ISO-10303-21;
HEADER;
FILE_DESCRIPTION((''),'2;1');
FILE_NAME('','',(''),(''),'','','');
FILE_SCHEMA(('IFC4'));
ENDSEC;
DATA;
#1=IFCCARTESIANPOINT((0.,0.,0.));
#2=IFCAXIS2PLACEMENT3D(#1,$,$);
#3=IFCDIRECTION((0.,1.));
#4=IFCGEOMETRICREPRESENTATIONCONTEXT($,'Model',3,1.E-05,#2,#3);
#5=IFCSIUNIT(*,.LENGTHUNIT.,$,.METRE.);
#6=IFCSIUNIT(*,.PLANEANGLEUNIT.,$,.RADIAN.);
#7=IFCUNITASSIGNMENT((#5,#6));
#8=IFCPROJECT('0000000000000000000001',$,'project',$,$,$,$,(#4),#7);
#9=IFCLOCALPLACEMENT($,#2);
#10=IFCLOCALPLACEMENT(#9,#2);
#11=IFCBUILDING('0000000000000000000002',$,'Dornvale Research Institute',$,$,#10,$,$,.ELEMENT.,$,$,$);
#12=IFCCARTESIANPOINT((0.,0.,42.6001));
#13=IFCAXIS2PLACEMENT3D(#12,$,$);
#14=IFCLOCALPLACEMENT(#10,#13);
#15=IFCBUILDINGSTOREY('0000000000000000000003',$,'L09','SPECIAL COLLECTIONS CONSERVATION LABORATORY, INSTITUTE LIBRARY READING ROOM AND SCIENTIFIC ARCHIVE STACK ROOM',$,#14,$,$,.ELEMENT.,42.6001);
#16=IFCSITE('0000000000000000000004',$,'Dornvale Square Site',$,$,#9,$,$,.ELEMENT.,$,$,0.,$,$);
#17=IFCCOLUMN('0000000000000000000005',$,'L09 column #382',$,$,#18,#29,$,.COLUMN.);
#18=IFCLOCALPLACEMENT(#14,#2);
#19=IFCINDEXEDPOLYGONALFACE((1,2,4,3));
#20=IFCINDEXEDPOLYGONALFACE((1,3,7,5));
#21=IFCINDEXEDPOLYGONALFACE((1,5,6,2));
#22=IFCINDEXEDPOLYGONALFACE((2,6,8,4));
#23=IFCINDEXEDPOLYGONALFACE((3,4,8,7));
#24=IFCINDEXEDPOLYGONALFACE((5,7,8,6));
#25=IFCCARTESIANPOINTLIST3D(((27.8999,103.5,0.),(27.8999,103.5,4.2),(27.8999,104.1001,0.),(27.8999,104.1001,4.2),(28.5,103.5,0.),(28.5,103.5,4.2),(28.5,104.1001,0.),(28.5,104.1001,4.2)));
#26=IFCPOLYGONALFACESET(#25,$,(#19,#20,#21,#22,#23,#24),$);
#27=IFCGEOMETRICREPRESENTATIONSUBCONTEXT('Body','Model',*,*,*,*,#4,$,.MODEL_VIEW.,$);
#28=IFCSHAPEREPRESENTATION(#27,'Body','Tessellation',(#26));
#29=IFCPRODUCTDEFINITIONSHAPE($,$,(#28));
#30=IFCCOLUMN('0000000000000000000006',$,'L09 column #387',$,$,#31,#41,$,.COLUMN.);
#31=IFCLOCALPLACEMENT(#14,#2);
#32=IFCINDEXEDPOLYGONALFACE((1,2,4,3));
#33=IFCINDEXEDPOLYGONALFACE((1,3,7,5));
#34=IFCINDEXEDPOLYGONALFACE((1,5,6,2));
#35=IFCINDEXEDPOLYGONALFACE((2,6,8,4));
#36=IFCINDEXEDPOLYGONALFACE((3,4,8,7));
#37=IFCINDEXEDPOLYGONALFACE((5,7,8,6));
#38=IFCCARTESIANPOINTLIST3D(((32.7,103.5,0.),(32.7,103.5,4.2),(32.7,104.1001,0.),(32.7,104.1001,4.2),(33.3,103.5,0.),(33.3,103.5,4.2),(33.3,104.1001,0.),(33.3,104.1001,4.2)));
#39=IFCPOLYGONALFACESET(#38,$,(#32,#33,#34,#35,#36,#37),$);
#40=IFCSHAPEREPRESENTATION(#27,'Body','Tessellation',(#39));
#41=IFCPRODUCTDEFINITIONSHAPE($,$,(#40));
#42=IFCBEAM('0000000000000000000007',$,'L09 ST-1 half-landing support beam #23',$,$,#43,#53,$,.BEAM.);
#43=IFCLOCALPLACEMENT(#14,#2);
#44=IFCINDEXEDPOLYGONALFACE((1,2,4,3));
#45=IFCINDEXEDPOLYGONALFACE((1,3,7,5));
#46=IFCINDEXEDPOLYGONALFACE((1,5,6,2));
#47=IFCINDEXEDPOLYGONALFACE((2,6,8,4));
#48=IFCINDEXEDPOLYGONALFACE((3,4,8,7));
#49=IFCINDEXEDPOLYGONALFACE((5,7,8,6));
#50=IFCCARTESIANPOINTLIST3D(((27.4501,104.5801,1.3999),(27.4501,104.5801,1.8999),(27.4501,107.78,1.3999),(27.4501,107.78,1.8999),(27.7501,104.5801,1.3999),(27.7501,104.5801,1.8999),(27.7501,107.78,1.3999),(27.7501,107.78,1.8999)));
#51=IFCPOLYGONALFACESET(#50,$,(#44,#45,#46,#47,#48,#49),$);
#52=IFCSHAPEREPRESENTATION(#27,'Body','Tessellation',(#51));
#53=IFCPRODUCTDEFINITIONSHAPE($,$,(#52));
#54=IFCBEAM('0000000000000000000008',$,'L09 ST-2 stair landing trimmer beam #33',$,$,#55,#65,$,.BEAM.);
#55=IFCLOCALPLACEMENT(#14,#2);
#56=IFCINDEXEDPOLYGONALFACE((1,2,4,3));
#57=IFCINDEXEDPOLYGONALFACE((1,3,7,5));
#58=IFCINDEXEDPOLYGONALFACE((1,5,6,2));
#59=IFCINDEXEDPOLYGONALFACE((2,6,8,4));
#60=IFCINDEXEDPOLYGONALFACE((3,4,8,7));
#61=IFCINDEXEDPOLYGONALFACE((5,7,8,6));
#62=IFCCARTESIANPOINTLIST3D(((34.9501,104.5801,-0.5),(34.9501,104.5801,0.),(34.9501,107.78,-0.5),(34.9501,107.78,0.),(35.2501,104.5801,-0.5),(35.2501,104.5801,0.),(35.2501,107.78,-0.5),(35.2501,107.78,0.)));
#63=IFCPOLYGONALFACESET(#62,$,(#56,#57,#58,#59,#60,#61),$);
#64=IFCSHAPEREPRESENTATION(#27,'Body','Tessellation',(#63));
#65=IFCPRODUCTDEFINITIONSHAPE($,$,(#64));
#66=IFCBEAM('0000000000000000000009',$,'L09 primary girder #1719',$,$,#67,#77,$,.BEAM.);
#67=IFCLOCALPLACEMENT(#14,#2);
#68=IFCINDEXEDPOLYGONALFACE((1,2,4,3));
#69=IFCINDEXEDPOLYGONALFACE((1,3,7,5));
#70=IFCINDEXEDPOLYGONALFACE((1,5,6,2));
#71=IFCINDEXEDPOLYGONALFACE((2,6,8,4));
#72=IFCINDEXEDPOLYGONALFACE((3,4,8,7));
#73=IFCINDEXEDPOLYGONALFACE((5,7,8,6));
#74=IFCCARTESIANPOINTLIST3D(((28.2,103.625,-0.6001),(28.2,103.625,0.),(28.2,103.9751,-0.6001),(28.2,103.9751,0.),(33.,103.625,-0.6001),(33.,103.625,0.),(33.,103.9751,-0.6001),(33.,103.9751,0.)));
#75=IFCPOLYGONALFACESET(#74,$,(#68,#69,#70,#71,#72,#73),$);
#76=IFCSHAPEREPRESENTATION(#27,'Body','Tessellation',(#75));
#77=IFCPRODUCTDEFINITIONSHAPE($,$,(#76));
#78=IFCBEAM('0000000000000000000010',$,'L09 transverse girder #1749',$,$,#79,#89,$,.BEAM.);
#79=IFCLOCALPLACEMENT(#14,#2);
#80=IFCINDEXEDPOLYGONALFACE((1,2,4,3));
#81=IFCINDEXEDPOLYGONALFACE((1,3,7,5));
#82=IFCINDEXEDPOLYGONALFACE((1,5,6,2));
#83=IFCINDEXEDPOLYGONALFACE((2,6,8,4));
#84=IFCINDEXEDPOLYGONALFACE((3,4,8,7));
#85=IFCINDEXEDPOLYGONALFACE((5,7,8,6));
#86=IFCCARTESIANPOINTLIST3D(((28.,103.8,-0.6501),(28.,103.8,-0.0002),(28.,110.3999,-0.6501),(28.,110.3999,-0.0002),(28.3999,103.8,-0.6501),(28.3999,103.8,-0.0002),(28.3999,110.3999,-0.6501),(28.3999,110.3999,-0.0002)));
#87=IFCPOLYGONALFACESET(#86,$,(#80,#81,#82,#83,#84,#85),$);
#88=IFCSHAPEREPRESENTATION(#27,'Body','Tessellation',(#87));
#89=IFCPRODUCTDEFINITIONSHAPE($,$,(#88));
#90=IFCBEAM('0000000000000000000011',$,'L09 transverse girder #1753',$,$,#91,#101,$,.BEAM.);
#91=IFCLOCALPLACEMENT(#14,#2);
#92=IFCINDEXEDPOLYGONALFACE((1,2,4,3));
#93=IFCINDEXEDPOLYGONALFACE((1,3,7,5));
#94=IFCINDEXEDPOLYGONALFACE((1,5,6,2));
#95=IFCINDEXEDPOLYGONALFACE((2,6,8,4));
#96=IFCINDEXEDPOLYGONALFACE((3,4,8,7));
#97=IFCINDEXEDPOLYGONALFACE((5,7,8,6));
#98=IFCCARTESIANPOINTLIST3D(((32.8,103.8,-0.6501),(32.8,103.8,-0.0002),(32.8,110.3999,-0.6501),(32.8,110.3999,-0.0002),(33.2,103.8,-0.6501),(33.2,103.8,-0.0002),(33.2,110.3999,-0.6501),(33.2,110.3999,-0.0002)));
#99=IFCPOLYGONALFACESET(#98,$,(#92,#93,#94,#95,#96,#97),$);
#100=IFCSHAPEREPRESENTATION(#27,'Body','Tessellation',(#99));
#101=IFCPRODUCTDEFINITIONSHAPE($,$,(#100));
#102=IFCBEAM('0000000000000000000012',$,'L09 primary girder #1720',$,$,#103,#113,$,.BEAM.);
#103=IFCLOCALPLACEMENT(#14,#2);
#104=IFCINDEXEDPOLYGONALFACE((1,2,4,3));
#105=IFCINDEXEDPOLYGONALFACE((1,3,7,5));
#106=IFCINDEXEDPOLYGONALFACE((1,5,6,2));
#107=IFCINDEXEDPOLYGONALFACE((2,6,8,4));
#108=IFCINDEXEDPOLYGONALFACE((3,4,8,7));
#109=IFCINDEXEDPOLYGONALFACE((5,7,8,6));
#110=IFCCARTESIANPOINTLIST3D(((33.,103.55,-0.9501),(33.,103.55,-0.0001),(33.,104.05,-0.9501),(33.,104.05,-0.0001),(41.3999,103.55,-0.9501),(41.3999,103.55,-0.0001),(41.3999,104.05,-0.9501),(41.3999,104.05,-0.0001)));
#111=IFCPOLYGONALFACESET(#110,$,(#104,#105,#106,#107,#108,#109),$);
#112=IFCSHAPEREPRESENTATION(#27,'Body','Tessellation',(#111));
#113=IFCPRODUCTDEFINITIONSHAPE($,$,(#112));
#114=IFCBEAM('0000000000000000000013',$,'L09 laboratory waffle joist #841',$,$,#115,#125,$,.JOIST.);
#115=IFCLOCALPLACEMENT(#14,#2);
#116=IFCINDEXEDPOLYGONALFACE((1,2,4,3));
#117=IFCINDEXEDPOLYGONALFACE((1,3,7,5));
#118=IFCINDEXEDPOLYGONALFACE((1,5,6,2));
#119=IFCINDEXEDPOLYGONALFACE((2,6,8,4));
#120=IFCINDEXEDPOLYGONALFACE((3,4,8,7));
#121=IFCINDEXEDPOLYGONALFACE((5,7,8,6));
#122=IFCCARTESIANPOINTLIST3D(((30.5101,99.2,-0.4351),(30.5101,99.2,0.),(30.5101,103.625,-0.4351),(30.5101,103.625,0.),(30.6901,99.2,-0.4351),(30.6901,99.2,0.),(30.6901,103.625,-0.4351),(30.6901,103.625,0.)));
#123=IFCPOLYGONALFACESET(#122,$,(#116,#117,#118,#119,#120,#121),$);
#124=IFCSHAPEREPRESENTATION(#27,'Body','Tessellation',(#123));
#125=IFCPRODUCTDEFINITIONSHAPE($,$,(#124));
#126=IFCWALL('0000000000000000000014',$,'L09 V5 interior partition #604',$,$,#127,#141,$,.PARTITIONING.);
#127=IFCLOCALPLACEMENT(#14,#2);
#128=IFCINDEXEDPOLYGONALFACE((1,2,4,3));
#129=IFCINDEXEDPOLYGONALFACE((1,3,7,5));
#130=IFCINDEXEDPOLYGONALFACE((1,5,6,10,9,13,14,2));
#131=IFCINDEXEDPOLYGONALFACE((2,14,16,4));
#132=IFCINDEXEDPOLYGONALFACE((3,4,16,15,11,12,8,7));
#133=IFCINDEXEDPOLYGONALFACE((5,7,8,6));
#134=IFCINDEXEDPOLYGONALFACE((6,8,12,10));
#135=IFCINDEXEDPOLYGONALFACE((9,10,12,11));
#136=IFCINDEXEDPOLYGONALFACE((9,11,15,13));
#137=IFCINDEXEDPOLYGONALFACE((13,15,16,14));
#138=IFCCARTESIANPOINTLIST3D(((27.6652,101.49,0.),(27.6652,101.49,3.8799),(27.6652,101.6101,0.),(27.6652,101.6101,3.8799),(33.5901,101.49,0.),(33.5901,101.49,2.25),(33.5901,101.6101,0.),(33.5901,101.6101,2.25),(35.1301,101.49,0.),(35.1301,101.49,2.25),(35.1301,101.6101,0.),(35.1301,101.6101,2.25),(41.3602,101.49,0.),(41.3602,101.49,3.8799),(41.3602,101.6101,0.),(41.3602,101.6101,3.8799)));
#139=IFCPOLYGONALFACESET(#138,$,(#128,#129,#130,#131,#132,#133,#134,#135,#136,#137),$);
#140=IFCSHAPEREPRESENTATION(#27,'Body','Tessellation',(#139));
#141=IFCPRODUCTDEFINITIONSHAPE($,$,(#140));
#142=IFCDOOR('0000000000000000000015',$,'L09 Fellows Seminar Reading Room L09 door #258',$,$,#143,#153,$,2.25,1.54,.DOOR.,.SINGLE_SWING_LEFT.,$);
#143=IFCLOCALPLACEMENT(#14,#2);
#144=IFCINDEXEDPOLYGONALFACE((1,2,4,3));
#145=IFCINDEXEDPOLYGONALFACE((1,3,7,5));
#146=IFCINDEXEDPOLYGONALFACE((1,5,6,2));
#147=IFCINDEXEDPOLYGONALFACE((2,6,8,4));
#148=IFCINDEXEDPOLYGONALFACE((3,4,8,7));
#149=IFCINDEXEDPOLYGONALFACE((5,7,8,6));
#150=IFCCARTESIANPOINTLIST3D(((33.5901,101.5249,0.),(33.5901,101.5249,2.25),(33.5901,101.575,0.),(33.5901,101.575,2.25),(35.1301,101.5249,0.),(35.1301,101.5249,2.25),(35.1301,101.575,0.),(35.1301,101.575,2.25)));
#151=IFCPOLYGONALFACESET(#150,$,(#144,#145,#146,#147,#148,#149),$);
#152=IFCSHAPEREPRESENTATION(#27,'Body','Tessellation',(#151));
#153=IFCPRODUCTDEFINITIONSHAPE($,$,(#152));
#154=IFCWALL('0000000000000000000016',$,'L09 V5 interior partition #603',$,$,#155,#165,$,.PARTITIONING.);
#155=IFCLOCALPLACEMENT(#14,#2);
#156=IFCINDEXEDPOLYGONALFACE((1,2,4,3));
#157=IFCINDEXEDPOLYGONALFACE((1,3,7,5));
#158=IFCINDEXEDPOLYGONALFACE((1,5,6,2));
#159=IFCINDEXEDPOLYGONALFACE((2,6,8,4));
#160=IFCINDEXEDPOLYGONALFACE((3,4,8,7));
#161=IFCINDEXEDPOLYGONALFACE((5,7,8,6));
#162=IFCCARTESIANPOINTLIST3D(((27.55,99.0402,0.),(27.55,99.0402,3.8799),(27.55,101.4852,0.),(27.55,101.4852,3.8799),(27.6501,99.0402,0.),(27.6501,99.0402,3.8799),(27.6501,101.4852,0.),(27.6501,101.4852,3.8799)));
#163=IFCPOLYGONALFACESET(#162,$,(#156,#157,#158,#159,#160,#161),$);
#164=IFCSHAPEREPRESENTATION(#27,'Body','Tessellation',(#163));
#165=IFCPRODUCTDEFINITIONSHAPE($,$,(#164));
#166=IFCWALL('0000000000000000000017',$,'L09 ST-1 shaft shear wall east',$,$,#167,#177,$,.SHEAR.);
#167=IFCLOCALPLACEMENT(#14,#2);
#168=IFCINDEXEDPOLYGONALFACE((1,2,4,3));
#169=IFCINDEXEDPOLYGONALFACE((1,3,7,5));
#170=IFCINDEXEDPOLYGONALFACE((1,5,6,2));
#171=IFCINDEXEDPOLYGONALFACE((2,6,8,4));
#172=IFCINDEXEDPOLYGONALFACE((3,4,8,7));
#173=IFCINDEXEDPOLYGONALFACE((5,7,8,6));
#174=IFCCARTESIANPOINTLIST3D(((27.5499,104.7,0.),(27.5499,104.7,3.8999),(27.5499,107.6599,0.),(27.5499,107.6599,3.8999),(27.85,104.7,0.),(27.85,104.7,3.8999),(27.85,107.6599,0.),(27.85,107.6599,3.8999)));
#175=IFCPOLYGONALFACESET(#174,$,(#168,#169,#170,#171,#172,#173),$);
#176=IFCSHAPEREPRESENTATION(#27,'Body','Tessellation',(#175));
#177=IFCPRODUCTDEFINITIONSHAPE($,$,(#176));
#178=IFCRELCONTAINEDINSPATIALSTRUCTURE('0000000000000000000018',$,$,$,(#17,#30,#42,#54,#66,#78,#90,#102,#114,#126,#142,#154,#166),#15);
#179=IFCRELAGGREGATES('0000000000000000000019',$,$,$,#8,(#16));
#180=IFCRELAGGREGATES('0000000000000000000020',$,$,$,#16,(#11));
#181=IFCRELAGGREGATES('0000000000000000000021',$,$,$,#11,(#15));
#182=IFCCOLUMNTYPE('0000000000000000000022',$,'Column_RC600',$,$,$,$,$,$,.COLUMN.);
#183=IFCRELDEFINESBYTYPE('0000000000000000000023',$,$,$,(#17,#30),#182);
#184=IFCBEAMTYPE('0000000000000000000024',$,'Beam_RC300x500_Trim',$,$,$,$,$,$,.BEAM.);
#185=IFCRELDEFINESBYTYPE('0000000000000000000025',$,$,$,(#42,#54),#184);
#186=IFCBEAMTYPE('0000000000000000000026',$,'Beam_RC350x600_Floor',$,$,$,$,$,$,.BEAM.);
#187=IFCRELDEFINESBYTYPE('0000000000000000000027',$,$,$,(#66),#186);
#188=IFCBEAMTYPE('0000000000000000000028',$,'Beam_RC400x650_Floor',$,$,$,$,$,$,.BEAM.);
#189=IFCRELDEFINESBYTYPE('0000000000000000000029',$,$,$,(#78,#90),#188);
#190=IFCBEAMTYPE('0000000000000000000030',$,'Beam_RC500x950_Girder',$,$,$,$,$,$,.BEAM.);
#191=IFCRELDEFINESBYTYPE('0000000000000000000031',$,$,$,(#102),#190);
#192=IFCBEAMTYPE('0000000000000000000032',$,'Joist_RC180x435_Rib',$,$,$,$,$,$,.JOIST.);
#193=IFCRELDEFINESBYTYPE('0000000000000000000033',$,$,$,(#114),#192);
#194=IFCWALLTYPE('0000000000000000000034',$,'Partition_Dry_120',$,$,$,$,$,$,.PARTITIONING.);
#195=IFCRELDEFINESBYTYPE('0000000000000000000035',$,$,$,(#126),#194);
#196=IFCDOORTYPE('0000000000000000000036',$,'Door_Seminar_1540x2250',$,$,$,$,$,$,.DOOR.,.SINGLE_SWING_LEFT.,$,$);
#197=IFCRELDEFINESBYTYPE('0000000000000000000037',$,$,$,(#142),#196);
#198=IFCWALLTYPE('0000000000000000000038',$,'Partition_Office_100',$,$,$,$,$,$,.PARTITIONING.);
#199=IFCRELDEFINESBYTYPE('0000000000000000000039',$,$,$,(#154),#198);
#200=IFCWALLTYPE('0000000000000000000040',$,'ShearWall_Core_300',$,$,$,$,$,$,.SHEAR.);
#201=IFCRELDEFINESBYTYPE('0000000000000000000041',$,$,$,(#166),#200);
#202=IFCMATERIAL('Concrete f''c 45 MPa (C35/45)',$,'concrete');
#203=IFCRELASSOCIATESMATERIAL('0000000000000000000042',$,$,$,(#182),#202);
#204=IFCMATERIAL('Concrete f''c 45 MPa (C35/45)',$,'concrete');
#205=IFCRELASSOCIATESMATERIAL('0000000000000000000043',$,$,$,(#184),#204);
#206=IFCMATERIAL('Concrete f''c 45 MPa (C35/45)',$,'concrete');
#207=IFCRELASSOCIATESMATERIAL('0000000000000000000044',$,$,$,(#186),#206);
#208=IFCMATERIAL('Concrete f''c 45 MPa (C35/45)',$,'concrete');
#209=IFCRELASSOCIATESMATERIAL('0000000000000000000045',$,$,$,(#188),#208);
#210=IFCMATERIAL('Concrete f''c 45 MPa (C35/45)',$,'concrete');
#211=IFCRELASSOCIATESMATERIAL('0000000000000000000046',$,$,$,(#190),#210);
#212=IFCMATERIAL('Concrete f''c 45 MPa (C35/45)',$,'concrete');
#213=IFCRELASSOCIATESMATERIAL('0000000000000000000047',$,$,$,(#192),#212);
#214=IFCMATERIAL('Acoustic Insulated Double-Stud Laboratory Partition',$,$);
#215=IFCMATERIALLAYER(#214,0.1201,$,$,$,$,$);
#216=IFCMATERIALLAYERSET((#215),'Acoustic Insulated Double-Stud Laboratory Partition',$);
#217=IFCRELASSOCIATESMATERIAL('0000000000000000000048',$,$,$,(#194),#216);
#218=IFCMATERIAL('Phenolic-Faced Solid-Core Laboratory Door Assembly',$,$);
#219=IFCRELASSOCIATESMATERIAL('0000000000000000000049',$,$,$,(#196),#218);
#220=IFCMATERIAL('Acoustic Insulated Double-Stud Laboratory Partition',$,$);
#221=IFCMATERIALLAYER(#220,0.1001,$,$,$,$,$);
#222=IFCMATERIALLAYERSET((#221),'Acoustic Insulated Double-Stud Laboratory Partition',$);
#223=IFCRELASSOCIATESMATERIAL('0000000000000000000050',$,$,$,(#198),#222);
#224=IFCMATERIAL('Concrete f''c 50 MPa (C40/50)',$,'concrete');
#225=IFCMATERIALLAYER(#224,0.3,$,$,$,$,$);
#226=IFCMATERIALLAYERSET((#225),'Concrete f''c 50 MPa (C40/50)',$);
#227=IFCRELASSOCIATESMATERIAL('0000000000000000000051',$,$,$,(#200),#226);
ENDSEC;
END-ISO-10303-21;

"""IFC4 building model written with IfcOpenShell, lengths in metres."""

from ifc_helpers import new_model, si_unit, direction, frame, frame_2d, origin, origin_2d, place, context, subcontext, project, spatial, rectangle, extrude, material, layer, layer_set, material_profile, profile_set, type_object, element, fill, save


model = new_model("IFC4")

# Units and contexts
model_context = context("Model", 3, precision=1e-05, world=origin(), true_north=direction((0.0, 1.0)))
body_context = subcontext(model_context, "Body", "Model", "MODEL_VIEW")
ifc_project = project(units=[si_unit("LENGTHUNIT", "METRE"), si_unit("PLANEANGLEUNIT", "RADIAN")], contexts=[model_context])

# Site, building, storey
site_placement = place(None, origin())
site = spatial("IfcSite", under=ifc_project, at=site_placement, Name="Dornvale Square Site", CompositionType="ELEMENT", RefElevation=0.0)
building_placement = place(site_placement, origin())
building = spatial("IfcBuilding", under=site, at=building_placement, Name="Dornvale Research Institute", CompositionType="ELEMENT")
storey_placement = place(building_placement, frame((0.0, 0.0, 42.6001)))
storey = spatial("IfcBuildingStorey", under=building, at=storey_placement, Name="L09", Description="SPECIAL COLLECTIONS CONSERVATION LABORATORY, INSTITUTE LIBRARY READING ROOM AND SCIENTIFIC ARCHIVE STACK ROOM", CompositionType="ELEMENT", Elevation=42.6001)

# Columns
ifc_material_1 = material(Name="Concrete f'c 45 MPa (C35/45)", Category="concrete")
ifc_material_profile_1 = material_profile(ifc_material_1, rectangle(XDim=0.6001, YDim=0.6001, at=origin_2d()), Name="RC 600x600")
ifc_profile_set_1 = profile_set([ifc_material_profile_1], Name="Concrete f'c 45 MPa (C35/45)")
column_type = type_object("IfcColumnType", Name="Column_RC600", PredefinedType="COLUMN", material=ifc_profile_set_1)
for number, where, z_axis, x_axis, name in (
    (1, (28.2, 103.8, 0.0), (0.0, 0.0, 1.0), (1.0, 0.0, 0.0), "L09 column #382"),
    (2, (33.0, 103.8, 0.0), (0.0, 0.0, 1.0), (1.0, 0.0, 0.0), "L09 column #387"),
):
    element("IfcColumn", number, at=place(storey_placement, frame(where, z_axis=z_axis, x_axis=x_axis)), inside=storey, type_object=column_type, Name=name, PredefinedType="COLUMN", context=body_context, shape_type="SweptSolid", body=[
        extrude(rectangle(XDim=0.6001, YDim=0.6001, at=origin_2d()), origin(), (0.0, 0.0, 1.0), 4.2),
    ])

# Beams
ifc_material_2 = material(Name="Concrete f'c 45 MPa (C35/45)", Category="concrete")
ifc_material_profile_2 = material_profile(ifc_material_2, rectangle(XDim=0.3, YDim=0.5, at=origin_2d()), Name="RC 300x500")
ifc_profile_set_2 = profile_set([ifc_material_profile_2], Name="Concrete f'c 45 MPa (C35/45)")
beam_type_1 = type_object("IfcBeamType", Name="Beam_RC300x500_Trim", PredefinedType="BEAM", material=ifc_profile_set_2)
for number, where, z_axis, x_axis, name in (
    (3, (27.6001, 104.5801, 1.6499), (0.0, 1.0, 0.0), (-1.0, 0.0, 0.0), "L09 ST-1 half-landing support beam #23"),
    (4, (35.1001, 104.5801, -0.25), (0.0, 1.0, 0.0), (-1.0, 0.0, 0.0), "L09 ST-2 stair landing trimmer beam #33"),
):
    element("IfcBeam", number, at=place(storey_placement, frame(where, z_axis=z_axis, x_axis=x_axis)), inside=storey, type_object=beam_type_1, Name=name, PredefinedType="BEAM", context=body_context, shape_type="SweptSolid", body=[
        extrude(rectangle(XDim=0.3, YDim=0.5, at=origin_2d()), origin(), (0.0, 0.0, 1.0), 3.2),
    ])
ifc_material_3 = material(Name="Concrete f'c 45 MPa (C35/45)", Category="concrete")
ifc_material_profile_3 = material_profile(ifc_material_3, rectangle(XDim=0.3501, YDim=0.6001, at=origin_2d()), Name="RC 350x600")
ifc_profile_set_3 = profile_set([ifc_material_profile_3], Name="Concrete f'c 45 MPa (C35/45)")
beam_type_2 = type_object("IfcBeamType", Name="Beam_RC350x600_Floor", PredefinedType="BEAM", material=ifc_profile_set_3)
beam_1_placement = place(storey_placement, frame((28.2, 103.8, -0.3), z_axis=(1.0, 0.0, 0.0), x_axis=(0.0, 1.0, 0.0)))
element("IfcBeam", 5, at=beam_1_placement, inside=storey, type_object=beam_type_2, Name="L09 primary girder #1719", PredefinedType="BEAM", context=body_context, shape_type="SweptSolid", body=[
    extrude(rectangle(XDim=0.3501, YDim=0.6001, at=origin_2d()), origin(), (0.0, 0.0, 1.0), 4.8),
])
ifc_material_4 = material(Name="Concrete f'c 45 MPa (C35/45)", Category="concrete")
ifc_material_profile_4 = material_profile(ifc_material_4, rectangle(XDim=0.3999, YDim=0.6499, at=origin_2d()), Name="RC 400x650")
ifc_profile_set_4 = profile_set([ifc_material_profile_4], Name="Concrete f'c 45 MPa (C35/45)")
beam_type_3 = type_object("IfcBeamType", Name="Beam_RC400x650_Floor", PredefinedType="BEAM", material=ifc_profile_set_4)
for number, where, z_axis, x_axis, name in (
    (6, (28.2, 103.8, -0.3252), (0.0, 1.0, 0.0), (-1.0, 0.0, 0.0), "L09 transverse girder #1749"),
    (7, (33.0, 103.8, -0.3252), (0.0, 1.0, 0.0), (-1.0, 0.0, 0.0), "L09 transverse girder #1753"),
):
    element("IfcBeam", number, at=place(storey_placement, frame(where, z_axis=z_axis, x_axis=x_axis)), inside=storey, type_object=beam_type_3, Name=name, PredefinedType="BEAM", context=body_context, shape_type="SweptSolid", body=[
        extrude(rectangle(XDim=0.3999, YDim=0.6499, at=origin_2d()), origin(), (0.0, 0.0, 1.0), 6.5999),
    ])
ifc_material_5 = material(Name="Concrete f'c 45 MPa (C35/45)", Category="concrete")
ifc_material_profile_5 = material_profile(ifc_material_5, rectangle(XDim=0.5, YDim=0.95, at=origin_2d()), Name="RC 500x950")
ifc_profile_set_5 = profile_set([ifc_material_profile_5], Name="Concrete f'c 45 MPa (C35/45)")
beam_type_4 = type_object("IfcBeamType", Name="Beam_RC500x950_Girder", PredefinedType="BEAM", material=ifc_profile_set_5)
beam_2_placement = place(storey_placement, frame((33.0, 103.8, -0.4751), z_axis=(1.0, 0.0, 0.0), x_axis=(0.0, 1.0, 0.0)))
element("IfcBeam", 8, at=beam_2_placement, inside=storey, type_object=beam_type_4, Name="L09 primary girder #1720", PredefinedType="BEAM", context=body_context, shape_type="SweptSolid", body=[
    extrude(rectangle(XDim=0.5, YDim=0.95, at=origin_2d()), origin(), (0.0, 0.0, 1.0), 8.3999),
])
ifc_material_6 = material(Name="Concrete f'c 45 MPa (C35/45)", Category="concrete")
ifc_material_profile_6 = material_profile(ifc_material_6, rectangle(XDim=0.1799, YDim=0.4351, at=origin_2d()), Name="RC 180x435")
ifc_profile_set_6 = profile_set([ifc_material_profile_6], Name="Concrete f'c 45 MPa (C35/45)")
beam_type_5 = type_object("IfcBeamType", Name="Joist_RC180x435_Rib", PredefinedType="JOIST", material=ifc_profile_set_6)
beam_3_placement = place(storey_placement, frame((30.6001, 99.2, -0.2175), z_axis=(0.0, 1.0, 0.0), x_axis=(-1.0, 0.0, 0.0)))
element("IfcBeam", 9, at=beam_3_placement, inside=storey, type_object=beam_type_5, Name="L09 laboratory waffle joist #841", PredefinedType="JOIST", context=body_context, shape_type="SweptSolid", body=[
    extrude(rectangle(XDim=0.1799, YDim=0.4351, at=origin_2d()), origin(), (0.0, 0.0, 1.0), 4.425),
])

# Wall, opening, door
ifc_material_7 = material(Name="Acoustic Insulated Double-Stud Laboratory Partition")
ifc_layer_1 = layer(ifc_material_7, 0.1201)
ifc_layer_set_1 = layer_set([ifc_layer_1], Name="Acoustic Insulated Double-Stud Laboratory Partition")
wall_type_1 = type_object("IfcWallType", Name="Partition_Dry_120", PredefinedType="PARTITIONING", material=ifc_layer_set_1)
wall_1_placement = place(storey_placement, frame((27.665, 101.55, 0.0), z_axis=(0.0, 0.0, 1.0), x_axis=(1.0, 0.0, 0.0)))
wall_1 = element("IfcWall", 10, at=wall_1_placement, inside=storey, type_object=wall_type_1, Name="L09 V5 interior partition #604", PredefinedType="PARTITIONING", context=body_context, shape_type="SweptSolid", body=[
    extrude(rectangle(XDim=13.6951, YDim=0.1201, at=frame_2d((6.8477, 0.0))), origin(), (0.0, 0.0, 1.0), 3.8799),
])
opening_1_placement = place(wall_1_placement, frame((5.925, 0.0, 0.0)))
opening_1 = element("IfcOpeningElement", 11, at=opening_1_placement, cuts=wall_1, PredefinedType="OPENING", context=body_context, shape_type="SweptSolid", body=[
    extrude(rectangle(XDim=1.54, YDim=2.25, at=frame_2d((0.77, 1.125))), frame((0.0, 0.075, 0.0), z_axis=(0.0, -1.0, 0.0), x_axis=(1.0, 0.0, 0.0)), (0.0, 0.0, 1.0), 0.1501),
])
ifc_material_8 = material(Name="Phenolic-Faced Solid-Core Laboratory Door Assembly")
door_type_1 = type_object("IfcDoorType", Name="Door_Seminar_1540x2250", OperationType="SINGLE_SWING_LEFT", PredefinedType="DOOR", material=ifc_material_8)
door_1_placement = place(opening_1_placement, origin())
door_1 = element("IfcDoor", 12, at=door_1_placement, inside=storey, type_object=door_type_1, Name="L09 Fellows Seminar Reading Room L09 door #258", OperationType="SINGLE_SWING_LEFT", OverallHeight=2.25, OverallWidth=1.54, PredefinedType="DOOR", context=body_context, shape_type="SweptSolid", body=[
    extrude(rectangle(XDim=1.54, YDim=2.25, at=frame_2d((0.77, 1.125))), frame((0.0, 0.0249, 0.0), z_axis=(0.0, -1.0, 0.0), x_axis=(1.0, 0.0, 0.0)), (0.0, 0.0, 1.0), 0.05),
])
fill(opening_1, door_1)

# Walls
ifc_material_9 = material(Name="Acoustic Insulated Double-Stud Laboratory Partition")
ifc_layer_2 = layer(ifc_material_9, 0.1001)
ifc_layer_set_2 = layer_set([ifc_layer_2], Name="Acoustic Insulated Double-Stud Laboratory Partition")
wall_type_2 = type_object("IfcWallType", Name="Partition_Office_100", PredefinedType="PARTITIONING", material=ifc_layer_set_2)
wall_2_placement = place(storey_placement, frame((27.6001, 99.04, 0.0), z_axis=(0.0, 0.0, 1.0), x_axis=(0.0, 1.0, 0.0)))
element("IfcWall", 13, at=wall_2_placement, inside=storey, type_object=wall_type_2, Name="L09 V5 interior partition #603", PredefinedType="PARTITIONING", context=body_context, shape_type="SweptSolid", body=[
    extrude(rectangle(XDim=2.4451, YDim=0.1001, at=frame_2d((1.2227, 0.0))), origin(), (0.0, 0.0, 1.0), 3.8799),
])
ifc_material_10 = material(Name="Concrete f'c 50 MPa (C40/50)", Category="concrete")
ifc_layer_3 = layer(ifc_material_10, 0.3)
ifc_layer_set_3 = layer_set([ifc_layer_3], Name="Concrete f'c 50 MPa (C40/50)")
wall_type_3 = type_object("IfcWallType", Name="ShearWall_Core_300", PredefinedType="SHEAR", material=ifc_layer_set_3)
wall_3_placement = place(storey_placement, frame((27.7, 104.7, 0.0), z_axis=(0.0, 0.0, 1.0), x_axis=(0.0, 1.0, 0.0)))
element("IfcWall", 14, at=wall_3_placement, inside=storey, type_object=wall_type_3, Name="L09 ST-1 shaft shear wall east", PredefinedType="SHEAR", context=body_context, shape_type="SweptSolid", body=[
    extrude(rectangle(XDim=2.96, YDim=0.3, at=frame_2d((1.48, 0.0))), origin(), (0.0, 0.0, 1.0), 3.8999),
])

save(model, "model.ifc")
